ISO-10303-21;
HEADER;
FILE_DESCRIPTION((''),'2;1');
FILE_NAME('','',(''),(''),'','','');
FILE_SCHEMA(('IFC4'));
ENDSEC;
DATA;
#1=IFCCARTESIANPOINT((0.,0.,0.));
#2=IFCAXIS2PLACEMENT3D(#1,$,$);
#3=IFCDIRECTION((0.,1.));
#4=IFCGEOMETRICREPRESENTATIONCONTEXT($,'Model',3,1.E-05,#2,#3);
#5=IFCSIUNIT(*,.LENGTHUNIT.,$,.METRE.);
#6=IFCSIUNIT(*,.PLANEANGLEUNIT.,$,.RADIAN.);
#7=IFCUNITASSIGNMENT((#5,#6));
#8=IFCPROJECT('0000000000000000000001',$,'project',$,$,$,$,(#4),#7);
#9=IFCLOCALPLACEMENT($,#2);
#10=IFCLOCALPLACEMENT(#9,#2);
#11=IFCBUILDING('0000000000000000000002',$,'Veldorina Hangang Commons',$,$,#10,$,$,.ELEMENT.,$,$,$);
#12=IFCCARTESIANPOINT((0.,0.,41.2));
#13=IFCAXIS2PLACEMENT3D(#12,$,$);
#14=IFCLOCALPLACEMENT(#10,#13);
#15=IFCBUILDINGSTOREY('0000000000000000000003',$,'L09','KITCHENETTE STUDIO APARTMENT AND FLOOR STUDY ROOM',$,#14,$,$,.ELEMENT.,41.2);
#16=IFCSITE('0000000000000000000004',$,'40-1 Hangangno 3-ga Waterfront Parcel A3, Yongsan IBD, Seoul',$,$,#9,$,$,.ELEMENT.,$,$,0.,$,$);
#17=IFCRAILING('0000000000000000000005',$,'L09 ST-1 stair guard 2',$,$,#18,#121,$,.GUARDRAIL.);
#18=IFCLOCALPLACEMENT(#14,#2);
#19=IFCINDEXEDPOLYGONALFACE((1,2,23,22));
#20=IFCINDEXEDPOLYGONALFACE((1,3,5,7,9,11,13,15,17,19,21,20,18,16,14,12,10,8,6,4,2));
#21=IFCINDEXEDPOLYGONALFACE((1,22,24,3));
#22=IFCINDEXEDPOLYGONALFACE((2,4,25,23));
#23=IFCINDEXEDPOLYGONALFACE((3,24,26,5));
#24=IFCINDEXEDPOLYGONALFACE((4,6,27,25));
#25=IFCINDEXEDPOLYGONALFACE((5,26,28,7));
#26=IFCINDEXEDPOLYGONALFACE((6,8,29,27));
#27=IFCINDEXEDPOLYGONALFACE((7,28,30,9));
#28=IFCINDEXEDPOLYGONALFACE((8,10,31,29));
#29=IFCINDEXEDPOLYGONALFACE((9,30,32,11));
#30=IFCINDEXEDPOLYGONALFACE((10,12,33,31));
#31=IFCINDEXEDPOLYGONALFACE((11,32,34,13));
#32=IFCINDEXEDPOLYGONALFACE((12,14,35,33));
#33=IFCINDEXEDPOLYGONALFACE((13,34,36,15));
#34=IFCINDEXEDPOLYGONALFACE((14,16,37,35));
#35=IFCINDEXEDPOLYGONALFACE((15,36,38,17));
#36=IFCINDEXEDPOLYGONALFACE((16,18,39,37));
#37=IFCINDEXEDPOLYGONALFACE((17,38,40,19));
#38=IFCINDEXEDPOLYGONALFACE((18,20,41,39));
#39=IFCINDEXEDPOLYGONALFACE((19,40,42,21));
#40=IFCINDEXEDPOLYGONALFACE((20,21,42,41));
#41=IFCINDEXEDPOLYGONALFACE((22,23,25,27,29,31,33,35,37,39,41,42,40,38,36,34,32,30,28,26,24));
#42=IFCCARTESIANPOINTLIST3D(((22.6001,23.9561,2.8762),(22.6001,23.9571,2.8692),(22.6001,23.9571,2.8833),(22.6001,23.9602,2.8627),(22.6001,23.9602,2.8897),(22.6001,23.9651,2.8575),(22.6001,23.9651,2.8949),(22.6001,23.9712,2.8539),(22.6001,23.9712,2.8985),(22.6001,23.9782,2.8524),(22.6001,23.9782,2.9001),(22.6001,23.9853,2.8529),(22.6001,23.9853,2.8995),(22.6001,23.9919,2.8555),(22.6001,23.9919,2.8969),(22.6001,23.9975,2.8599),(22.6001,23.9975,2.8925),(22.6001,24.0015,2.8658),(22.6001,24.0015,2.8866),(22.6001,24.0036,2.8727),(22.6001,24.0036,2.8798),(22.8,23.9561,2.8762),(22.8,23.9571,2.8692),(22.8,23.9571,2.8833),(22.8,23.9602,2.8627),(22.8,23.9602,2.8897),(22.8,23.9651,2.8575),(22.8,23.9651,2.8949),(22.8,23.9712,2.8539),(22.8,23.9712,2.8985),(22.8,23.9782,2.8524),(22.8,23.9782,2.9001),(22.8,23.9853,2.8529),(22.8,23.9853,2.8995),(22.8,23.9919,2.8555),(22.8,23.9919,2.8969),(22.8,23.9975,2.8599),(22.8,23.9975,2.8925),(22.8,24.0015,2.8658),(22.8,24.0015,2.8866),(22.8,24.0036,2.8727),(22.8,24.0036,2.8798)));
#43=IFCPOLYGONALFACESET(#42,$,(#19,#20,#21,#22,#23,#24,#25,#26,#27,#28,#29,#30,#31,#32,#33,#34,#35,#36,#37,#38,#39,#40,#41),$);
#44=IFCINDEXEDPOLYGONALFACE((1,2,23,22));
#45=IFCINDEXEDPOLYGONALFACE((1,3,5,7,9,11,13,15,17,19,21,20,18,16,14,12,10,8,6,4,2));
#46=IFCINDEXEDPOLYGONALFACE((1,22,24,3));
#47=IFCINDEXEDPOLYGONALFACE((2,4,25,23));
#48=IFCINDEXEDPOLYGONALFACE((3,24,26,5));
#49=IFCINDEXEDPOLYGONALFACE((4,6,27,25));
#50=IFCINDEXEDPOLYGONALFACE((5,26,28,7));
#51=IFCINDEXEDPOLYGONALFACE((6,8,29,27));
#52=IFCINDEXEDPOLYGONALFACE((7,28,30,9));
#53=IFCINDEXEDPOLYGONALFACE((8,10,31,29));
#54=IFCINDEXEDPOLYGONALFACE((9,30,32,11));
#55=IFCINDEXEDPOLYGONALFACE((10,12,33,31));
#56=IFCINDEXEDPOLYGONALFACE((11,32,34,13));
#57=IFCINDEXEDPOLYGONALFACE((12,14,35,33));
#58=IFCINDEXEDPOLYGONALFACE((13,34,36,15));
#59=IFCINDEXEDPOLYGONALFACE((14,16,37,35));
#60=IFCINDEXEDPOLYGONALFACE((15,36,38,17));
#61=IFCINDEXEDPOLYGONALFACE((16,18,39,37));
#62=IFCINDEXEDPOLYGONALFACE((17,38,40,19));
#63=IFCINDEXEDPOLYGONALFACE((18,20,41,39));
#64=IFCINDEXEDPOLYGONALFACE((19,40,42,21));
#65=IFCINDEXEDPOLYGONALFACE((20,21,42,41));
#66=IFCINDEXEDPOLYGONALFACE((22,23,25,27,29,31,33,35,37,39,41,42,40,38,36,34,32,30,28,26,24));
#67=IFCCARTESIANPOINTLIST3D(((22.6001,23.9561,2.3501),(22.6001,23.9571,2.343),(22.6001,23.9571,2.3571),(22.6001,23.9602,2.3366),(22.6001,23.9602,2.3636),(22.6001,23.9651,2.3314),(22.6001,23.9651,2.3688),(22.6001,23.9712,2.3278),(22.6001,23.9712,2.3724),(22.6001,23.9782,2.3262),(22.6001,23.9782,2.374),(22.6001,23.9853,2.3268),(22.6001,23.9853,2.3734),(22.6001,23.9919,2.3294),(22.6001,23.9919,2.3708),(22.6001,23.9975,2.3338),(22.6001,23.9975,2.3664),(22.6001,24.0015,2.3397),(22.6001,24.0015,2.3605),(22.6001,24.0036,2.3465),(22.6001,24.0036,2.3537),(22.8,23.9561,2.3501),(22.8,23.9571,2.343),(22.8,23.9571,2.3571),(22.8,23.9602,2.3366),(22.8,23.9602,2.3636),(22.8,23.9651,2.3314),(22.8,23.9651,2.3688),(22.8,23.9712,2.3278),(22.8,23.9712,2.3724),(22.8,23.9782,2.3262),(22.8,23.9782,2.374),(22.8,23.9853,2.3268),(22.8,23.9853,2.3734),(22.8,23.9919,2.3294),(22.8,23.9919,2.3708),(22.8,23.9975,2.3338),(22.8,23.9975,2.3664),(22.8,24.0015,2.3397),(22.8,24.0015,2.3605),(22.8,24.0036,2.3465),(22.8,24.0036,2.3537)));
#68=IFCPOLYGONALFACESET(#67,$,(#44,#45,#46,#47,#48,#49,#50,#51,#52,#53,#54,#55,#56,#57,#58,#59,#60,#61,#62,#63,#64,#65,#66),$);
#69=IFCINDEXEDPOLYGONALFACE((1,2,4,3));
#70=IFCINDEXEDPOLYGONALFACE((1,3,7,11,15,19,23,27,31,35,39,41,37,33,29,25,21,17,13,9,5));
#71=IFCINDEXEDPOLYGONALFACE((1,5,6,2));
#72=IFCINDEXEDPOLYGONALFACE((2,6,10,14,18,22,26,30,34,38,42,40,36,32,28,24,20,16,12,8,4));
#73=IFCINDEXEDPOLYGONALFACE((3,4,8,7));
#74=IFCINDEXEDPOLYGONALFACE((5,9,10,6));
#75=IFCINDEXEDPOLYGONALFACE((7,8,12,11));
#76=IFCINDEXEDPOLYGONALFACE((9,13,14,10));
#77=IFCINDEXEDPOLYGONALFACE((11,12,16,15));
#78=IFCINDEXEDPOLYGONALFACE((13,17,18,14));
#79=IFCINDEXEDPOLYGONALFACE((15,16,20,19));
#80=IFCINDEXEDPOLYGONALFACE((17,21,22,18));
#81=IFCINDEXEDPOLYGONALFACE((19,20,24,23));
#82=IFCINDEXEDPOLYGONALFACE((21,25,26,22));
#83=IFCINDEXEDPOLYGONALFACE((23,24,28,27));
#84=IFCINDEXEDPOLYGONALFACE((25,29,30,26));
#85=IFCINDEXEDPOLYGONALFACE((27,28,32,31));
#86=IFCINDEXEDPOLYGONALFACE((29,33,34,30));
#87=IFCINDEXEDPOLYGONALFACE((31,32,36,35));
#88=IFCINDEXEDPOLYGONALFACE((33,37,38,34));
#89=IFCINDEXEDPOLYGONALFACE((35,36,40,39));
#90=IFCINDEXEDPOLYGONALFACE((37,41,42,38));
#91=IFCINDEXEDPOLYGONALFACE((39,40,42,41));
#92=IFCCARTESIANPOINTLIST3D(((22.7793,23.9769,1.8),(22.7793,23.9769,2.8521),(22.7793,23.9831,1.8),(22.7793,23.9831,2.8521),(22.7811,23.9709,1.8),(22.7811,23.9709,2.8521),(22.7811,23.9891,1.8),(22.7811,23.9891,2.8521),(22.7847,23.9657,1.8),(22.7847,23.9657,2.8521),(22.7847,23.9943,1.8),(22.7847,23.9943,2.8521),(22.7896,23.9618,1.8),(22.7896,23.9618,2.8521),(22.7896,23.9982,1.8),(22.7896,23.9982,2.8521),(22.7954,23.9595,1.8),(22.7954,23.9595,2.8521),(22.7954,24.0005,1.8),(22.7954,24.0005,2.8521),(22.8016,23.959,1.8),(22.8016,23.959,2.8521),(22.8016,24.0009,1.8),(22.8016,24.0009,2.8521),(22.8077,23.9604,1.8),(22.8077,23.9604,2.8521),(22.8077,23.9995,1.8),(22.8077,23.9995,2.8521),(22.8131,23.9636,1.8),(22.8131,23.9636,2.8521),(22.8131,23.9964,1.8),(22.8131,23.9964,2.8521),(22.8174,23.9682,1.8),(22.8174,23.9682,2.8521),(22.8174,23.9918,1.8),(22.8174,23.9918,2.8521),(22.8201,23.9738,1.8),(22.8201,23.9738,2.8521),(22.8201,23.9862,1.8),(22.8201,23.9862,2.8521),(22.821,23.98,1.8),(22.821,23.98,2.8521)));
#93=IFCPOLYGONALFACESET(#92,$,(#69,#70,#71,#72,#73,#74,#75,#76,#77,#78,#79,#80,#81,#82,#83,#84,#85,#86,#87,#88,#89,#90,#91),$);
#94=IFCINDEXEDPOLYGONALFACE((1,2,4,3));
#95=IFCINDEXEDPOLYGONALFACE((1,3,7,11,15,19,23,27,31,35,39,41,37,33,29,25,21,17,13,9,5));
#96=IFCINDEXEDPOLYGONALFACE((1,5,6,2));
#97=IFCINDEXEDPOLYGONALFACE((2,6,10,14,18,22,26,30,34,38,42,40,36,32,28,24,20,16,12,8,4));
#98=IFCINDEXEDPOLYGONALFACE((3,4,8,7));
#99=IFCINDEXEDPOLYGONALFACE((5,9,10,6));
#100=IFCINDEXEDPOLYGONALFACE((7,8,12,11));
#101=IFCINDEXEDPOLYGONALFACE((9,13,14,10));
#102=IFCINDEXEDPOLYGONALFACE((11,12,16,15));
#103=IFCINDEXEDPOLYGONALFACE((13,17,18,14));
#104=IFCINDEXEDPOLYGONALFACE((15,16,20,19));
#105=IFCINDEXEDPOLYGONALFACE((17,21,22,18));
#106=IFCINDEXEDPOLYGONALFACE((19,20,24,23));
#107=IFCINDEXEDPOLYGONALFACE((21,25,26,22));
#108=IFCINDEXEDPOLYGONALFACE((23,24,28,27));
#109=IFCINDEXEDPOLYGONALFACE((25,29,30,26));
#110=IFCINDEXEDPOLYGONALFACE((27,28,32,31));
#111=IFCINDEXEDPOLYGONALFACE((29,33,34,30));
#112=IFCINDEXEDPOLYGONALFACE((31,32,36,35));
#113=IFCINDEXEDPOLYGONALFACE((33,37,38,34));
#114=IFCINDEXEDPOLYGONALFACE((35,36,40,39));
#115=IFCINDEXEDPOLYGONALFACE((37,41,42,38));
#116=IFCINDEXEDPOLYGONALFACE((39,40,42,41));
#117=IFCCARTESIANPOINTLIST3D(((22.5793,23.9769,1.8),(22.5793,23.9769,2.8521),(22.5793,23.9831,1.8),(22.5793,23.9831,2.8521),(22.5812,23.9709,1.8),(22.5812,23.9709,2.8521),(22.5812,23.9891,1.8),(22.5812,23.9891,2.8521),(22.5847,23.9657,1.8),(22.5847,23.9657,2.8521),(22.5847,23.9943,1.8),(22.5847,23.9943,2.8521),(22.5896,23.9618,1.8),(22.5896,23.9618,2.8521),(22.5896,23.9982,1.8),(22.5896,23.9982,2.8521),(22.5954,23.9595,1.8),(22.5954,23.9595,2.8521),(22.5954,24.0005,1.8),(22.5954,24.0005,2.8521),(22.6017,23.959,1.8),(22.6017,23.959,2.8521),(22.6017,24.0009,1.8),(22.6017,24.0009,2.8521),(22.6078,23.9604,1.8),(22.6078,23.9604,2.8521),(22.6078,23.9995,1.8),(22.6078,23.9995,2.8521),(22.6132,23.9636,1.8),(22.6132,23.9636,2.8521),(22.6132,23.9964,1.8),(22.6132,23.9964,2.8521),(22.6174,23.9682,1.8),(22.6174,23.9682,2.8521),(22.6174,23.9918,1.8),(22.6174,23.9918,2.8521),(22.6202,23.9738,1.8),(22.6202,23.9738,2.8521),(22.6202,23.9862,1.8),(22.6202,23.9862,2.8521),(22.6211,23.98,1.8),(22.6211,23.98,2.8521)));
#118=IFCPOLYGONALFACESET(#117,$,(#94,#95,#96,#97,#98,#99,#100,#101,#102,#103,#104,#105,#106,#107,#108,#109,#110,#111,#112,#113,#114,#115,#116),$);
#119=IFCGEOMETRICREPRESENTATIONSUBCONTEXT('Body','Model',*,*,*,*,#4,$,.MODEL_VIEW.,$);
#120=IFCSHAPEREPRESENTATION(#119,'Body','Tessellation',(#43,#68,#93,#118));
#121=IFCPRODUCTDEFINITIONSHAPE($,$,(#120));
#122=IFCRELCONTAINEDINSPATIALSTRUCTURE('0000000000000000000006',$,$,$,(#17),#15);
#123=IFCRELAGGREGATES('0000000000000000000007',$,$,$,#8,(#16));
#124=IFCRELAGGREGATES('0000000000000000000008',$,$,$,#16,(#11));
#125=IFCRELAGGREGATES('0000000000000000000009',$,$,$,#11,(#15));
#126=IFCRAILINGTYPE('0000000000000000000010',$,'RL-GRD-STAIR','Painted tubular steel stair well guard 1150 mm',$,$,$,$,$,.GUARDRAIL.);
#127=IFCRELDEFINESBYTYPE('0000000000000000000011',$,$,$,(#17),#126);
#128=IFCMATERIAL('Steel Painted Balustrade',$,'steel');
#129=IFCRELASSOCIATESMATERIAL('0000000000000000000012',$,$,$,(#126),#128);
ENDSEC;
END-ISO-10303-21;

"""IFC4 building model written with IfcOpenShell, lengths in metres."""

from ifc_helpers import new_model, si_unit, direction, frame, origin, origin_2d, place, context, subcontext, project, spatial, circle, extrude, material, type_object, element, save


model = new_model("IFC4")

# Units and contexts
model_context = context("Model", 3, precision=1e-05, world=origin(), true_north=direction((0.0, 1.0)))
body_context = subcontext(model_context, "Body", "Model", "MODEL_VIEW")
ifc_project = project(units=[si_unit("LENGTHUNIT", "METRE"), si_unit("PLANEANGLEUNIT", "RADIAN")], contexts=[model_context])

# Site, building, storey
site_placement = place(None, origin())
site = spatial("IfcSite", under=ifc_project, at=site_placement, Name="40-1 Hangangno 3-ga Waterfront Parcel A3, Yongsan IBD, Seoul", CompositionType="ELEMENT", RefElevation=0.0)
building_placement = place(site_placement, origin())
building = spatial("IfcBuilding", under=site, at=building_placement, Name="Veldorina Hangang Commons", CompositionType="ELEMENT")
storey_placement = place(building_placement, frame((0.0, 0.0, 41.2)))
storey = spatial("IfcBuildingStorey", under=building, at=storey_placement, Name="L09", Description="KITCHENETTE STUDIO APARTMENT AND FLOOR STUDY ROOM", CompositionType="ELEMENT", Elevation=41.2)

# Railing
ifc_material_1 = material(Name="Steel Painted Balustrade", Category="steel")
railing_type_1 = type_object("IfcRailingType", Name="RL-GRD-STAIR", Description="Painted tubular steel stair well guard 1150 mm", PredefinedType="GUARDRAIL", material=ifc_material_1)
railing_1_placement = place(storey_placement, frame((22.8, 23.98, 1.8)))
element("IfcRailing", 1, at=railing_1_placement, inside=storey, type_object=railing_type_1, Name="L09 ST-1 stair guard 2", PredefinedType="GUARDRAIL", context=body_context, shape_type="SweptSolid", body=[
    extrude(circle(Radius=0.0239, at=origin_2d()), frame((0.0, 0.0, 1.0762), z_axis=(-1.0, 0.0, 0.0), x_axis=(0.0, -1.0, 0.0)), (0.0, 0.0, 1.0), 0.2),
    extrude(circle(Radius=0.0239, at=origin_2d()), frame((0.0, 0.0, 0.55), z_axis=(-1.0, 0.0, 0.0), x_axis=(0.0, -1.0, 0.0)), (0.0, 0.0, 1.0), 0.2),
    extrude(circle(Radius=0.021, at=origin_2d()), origin(), (0.0, 0.0, 1.0), 1.052),
    extrude(circle(Radius=0.021, at=origin_2d()), frame((-0.2, 0.0, 0.0)), (0.0, 0.0, 1.0), 1.052),
])

save(model, "model.ifc")
